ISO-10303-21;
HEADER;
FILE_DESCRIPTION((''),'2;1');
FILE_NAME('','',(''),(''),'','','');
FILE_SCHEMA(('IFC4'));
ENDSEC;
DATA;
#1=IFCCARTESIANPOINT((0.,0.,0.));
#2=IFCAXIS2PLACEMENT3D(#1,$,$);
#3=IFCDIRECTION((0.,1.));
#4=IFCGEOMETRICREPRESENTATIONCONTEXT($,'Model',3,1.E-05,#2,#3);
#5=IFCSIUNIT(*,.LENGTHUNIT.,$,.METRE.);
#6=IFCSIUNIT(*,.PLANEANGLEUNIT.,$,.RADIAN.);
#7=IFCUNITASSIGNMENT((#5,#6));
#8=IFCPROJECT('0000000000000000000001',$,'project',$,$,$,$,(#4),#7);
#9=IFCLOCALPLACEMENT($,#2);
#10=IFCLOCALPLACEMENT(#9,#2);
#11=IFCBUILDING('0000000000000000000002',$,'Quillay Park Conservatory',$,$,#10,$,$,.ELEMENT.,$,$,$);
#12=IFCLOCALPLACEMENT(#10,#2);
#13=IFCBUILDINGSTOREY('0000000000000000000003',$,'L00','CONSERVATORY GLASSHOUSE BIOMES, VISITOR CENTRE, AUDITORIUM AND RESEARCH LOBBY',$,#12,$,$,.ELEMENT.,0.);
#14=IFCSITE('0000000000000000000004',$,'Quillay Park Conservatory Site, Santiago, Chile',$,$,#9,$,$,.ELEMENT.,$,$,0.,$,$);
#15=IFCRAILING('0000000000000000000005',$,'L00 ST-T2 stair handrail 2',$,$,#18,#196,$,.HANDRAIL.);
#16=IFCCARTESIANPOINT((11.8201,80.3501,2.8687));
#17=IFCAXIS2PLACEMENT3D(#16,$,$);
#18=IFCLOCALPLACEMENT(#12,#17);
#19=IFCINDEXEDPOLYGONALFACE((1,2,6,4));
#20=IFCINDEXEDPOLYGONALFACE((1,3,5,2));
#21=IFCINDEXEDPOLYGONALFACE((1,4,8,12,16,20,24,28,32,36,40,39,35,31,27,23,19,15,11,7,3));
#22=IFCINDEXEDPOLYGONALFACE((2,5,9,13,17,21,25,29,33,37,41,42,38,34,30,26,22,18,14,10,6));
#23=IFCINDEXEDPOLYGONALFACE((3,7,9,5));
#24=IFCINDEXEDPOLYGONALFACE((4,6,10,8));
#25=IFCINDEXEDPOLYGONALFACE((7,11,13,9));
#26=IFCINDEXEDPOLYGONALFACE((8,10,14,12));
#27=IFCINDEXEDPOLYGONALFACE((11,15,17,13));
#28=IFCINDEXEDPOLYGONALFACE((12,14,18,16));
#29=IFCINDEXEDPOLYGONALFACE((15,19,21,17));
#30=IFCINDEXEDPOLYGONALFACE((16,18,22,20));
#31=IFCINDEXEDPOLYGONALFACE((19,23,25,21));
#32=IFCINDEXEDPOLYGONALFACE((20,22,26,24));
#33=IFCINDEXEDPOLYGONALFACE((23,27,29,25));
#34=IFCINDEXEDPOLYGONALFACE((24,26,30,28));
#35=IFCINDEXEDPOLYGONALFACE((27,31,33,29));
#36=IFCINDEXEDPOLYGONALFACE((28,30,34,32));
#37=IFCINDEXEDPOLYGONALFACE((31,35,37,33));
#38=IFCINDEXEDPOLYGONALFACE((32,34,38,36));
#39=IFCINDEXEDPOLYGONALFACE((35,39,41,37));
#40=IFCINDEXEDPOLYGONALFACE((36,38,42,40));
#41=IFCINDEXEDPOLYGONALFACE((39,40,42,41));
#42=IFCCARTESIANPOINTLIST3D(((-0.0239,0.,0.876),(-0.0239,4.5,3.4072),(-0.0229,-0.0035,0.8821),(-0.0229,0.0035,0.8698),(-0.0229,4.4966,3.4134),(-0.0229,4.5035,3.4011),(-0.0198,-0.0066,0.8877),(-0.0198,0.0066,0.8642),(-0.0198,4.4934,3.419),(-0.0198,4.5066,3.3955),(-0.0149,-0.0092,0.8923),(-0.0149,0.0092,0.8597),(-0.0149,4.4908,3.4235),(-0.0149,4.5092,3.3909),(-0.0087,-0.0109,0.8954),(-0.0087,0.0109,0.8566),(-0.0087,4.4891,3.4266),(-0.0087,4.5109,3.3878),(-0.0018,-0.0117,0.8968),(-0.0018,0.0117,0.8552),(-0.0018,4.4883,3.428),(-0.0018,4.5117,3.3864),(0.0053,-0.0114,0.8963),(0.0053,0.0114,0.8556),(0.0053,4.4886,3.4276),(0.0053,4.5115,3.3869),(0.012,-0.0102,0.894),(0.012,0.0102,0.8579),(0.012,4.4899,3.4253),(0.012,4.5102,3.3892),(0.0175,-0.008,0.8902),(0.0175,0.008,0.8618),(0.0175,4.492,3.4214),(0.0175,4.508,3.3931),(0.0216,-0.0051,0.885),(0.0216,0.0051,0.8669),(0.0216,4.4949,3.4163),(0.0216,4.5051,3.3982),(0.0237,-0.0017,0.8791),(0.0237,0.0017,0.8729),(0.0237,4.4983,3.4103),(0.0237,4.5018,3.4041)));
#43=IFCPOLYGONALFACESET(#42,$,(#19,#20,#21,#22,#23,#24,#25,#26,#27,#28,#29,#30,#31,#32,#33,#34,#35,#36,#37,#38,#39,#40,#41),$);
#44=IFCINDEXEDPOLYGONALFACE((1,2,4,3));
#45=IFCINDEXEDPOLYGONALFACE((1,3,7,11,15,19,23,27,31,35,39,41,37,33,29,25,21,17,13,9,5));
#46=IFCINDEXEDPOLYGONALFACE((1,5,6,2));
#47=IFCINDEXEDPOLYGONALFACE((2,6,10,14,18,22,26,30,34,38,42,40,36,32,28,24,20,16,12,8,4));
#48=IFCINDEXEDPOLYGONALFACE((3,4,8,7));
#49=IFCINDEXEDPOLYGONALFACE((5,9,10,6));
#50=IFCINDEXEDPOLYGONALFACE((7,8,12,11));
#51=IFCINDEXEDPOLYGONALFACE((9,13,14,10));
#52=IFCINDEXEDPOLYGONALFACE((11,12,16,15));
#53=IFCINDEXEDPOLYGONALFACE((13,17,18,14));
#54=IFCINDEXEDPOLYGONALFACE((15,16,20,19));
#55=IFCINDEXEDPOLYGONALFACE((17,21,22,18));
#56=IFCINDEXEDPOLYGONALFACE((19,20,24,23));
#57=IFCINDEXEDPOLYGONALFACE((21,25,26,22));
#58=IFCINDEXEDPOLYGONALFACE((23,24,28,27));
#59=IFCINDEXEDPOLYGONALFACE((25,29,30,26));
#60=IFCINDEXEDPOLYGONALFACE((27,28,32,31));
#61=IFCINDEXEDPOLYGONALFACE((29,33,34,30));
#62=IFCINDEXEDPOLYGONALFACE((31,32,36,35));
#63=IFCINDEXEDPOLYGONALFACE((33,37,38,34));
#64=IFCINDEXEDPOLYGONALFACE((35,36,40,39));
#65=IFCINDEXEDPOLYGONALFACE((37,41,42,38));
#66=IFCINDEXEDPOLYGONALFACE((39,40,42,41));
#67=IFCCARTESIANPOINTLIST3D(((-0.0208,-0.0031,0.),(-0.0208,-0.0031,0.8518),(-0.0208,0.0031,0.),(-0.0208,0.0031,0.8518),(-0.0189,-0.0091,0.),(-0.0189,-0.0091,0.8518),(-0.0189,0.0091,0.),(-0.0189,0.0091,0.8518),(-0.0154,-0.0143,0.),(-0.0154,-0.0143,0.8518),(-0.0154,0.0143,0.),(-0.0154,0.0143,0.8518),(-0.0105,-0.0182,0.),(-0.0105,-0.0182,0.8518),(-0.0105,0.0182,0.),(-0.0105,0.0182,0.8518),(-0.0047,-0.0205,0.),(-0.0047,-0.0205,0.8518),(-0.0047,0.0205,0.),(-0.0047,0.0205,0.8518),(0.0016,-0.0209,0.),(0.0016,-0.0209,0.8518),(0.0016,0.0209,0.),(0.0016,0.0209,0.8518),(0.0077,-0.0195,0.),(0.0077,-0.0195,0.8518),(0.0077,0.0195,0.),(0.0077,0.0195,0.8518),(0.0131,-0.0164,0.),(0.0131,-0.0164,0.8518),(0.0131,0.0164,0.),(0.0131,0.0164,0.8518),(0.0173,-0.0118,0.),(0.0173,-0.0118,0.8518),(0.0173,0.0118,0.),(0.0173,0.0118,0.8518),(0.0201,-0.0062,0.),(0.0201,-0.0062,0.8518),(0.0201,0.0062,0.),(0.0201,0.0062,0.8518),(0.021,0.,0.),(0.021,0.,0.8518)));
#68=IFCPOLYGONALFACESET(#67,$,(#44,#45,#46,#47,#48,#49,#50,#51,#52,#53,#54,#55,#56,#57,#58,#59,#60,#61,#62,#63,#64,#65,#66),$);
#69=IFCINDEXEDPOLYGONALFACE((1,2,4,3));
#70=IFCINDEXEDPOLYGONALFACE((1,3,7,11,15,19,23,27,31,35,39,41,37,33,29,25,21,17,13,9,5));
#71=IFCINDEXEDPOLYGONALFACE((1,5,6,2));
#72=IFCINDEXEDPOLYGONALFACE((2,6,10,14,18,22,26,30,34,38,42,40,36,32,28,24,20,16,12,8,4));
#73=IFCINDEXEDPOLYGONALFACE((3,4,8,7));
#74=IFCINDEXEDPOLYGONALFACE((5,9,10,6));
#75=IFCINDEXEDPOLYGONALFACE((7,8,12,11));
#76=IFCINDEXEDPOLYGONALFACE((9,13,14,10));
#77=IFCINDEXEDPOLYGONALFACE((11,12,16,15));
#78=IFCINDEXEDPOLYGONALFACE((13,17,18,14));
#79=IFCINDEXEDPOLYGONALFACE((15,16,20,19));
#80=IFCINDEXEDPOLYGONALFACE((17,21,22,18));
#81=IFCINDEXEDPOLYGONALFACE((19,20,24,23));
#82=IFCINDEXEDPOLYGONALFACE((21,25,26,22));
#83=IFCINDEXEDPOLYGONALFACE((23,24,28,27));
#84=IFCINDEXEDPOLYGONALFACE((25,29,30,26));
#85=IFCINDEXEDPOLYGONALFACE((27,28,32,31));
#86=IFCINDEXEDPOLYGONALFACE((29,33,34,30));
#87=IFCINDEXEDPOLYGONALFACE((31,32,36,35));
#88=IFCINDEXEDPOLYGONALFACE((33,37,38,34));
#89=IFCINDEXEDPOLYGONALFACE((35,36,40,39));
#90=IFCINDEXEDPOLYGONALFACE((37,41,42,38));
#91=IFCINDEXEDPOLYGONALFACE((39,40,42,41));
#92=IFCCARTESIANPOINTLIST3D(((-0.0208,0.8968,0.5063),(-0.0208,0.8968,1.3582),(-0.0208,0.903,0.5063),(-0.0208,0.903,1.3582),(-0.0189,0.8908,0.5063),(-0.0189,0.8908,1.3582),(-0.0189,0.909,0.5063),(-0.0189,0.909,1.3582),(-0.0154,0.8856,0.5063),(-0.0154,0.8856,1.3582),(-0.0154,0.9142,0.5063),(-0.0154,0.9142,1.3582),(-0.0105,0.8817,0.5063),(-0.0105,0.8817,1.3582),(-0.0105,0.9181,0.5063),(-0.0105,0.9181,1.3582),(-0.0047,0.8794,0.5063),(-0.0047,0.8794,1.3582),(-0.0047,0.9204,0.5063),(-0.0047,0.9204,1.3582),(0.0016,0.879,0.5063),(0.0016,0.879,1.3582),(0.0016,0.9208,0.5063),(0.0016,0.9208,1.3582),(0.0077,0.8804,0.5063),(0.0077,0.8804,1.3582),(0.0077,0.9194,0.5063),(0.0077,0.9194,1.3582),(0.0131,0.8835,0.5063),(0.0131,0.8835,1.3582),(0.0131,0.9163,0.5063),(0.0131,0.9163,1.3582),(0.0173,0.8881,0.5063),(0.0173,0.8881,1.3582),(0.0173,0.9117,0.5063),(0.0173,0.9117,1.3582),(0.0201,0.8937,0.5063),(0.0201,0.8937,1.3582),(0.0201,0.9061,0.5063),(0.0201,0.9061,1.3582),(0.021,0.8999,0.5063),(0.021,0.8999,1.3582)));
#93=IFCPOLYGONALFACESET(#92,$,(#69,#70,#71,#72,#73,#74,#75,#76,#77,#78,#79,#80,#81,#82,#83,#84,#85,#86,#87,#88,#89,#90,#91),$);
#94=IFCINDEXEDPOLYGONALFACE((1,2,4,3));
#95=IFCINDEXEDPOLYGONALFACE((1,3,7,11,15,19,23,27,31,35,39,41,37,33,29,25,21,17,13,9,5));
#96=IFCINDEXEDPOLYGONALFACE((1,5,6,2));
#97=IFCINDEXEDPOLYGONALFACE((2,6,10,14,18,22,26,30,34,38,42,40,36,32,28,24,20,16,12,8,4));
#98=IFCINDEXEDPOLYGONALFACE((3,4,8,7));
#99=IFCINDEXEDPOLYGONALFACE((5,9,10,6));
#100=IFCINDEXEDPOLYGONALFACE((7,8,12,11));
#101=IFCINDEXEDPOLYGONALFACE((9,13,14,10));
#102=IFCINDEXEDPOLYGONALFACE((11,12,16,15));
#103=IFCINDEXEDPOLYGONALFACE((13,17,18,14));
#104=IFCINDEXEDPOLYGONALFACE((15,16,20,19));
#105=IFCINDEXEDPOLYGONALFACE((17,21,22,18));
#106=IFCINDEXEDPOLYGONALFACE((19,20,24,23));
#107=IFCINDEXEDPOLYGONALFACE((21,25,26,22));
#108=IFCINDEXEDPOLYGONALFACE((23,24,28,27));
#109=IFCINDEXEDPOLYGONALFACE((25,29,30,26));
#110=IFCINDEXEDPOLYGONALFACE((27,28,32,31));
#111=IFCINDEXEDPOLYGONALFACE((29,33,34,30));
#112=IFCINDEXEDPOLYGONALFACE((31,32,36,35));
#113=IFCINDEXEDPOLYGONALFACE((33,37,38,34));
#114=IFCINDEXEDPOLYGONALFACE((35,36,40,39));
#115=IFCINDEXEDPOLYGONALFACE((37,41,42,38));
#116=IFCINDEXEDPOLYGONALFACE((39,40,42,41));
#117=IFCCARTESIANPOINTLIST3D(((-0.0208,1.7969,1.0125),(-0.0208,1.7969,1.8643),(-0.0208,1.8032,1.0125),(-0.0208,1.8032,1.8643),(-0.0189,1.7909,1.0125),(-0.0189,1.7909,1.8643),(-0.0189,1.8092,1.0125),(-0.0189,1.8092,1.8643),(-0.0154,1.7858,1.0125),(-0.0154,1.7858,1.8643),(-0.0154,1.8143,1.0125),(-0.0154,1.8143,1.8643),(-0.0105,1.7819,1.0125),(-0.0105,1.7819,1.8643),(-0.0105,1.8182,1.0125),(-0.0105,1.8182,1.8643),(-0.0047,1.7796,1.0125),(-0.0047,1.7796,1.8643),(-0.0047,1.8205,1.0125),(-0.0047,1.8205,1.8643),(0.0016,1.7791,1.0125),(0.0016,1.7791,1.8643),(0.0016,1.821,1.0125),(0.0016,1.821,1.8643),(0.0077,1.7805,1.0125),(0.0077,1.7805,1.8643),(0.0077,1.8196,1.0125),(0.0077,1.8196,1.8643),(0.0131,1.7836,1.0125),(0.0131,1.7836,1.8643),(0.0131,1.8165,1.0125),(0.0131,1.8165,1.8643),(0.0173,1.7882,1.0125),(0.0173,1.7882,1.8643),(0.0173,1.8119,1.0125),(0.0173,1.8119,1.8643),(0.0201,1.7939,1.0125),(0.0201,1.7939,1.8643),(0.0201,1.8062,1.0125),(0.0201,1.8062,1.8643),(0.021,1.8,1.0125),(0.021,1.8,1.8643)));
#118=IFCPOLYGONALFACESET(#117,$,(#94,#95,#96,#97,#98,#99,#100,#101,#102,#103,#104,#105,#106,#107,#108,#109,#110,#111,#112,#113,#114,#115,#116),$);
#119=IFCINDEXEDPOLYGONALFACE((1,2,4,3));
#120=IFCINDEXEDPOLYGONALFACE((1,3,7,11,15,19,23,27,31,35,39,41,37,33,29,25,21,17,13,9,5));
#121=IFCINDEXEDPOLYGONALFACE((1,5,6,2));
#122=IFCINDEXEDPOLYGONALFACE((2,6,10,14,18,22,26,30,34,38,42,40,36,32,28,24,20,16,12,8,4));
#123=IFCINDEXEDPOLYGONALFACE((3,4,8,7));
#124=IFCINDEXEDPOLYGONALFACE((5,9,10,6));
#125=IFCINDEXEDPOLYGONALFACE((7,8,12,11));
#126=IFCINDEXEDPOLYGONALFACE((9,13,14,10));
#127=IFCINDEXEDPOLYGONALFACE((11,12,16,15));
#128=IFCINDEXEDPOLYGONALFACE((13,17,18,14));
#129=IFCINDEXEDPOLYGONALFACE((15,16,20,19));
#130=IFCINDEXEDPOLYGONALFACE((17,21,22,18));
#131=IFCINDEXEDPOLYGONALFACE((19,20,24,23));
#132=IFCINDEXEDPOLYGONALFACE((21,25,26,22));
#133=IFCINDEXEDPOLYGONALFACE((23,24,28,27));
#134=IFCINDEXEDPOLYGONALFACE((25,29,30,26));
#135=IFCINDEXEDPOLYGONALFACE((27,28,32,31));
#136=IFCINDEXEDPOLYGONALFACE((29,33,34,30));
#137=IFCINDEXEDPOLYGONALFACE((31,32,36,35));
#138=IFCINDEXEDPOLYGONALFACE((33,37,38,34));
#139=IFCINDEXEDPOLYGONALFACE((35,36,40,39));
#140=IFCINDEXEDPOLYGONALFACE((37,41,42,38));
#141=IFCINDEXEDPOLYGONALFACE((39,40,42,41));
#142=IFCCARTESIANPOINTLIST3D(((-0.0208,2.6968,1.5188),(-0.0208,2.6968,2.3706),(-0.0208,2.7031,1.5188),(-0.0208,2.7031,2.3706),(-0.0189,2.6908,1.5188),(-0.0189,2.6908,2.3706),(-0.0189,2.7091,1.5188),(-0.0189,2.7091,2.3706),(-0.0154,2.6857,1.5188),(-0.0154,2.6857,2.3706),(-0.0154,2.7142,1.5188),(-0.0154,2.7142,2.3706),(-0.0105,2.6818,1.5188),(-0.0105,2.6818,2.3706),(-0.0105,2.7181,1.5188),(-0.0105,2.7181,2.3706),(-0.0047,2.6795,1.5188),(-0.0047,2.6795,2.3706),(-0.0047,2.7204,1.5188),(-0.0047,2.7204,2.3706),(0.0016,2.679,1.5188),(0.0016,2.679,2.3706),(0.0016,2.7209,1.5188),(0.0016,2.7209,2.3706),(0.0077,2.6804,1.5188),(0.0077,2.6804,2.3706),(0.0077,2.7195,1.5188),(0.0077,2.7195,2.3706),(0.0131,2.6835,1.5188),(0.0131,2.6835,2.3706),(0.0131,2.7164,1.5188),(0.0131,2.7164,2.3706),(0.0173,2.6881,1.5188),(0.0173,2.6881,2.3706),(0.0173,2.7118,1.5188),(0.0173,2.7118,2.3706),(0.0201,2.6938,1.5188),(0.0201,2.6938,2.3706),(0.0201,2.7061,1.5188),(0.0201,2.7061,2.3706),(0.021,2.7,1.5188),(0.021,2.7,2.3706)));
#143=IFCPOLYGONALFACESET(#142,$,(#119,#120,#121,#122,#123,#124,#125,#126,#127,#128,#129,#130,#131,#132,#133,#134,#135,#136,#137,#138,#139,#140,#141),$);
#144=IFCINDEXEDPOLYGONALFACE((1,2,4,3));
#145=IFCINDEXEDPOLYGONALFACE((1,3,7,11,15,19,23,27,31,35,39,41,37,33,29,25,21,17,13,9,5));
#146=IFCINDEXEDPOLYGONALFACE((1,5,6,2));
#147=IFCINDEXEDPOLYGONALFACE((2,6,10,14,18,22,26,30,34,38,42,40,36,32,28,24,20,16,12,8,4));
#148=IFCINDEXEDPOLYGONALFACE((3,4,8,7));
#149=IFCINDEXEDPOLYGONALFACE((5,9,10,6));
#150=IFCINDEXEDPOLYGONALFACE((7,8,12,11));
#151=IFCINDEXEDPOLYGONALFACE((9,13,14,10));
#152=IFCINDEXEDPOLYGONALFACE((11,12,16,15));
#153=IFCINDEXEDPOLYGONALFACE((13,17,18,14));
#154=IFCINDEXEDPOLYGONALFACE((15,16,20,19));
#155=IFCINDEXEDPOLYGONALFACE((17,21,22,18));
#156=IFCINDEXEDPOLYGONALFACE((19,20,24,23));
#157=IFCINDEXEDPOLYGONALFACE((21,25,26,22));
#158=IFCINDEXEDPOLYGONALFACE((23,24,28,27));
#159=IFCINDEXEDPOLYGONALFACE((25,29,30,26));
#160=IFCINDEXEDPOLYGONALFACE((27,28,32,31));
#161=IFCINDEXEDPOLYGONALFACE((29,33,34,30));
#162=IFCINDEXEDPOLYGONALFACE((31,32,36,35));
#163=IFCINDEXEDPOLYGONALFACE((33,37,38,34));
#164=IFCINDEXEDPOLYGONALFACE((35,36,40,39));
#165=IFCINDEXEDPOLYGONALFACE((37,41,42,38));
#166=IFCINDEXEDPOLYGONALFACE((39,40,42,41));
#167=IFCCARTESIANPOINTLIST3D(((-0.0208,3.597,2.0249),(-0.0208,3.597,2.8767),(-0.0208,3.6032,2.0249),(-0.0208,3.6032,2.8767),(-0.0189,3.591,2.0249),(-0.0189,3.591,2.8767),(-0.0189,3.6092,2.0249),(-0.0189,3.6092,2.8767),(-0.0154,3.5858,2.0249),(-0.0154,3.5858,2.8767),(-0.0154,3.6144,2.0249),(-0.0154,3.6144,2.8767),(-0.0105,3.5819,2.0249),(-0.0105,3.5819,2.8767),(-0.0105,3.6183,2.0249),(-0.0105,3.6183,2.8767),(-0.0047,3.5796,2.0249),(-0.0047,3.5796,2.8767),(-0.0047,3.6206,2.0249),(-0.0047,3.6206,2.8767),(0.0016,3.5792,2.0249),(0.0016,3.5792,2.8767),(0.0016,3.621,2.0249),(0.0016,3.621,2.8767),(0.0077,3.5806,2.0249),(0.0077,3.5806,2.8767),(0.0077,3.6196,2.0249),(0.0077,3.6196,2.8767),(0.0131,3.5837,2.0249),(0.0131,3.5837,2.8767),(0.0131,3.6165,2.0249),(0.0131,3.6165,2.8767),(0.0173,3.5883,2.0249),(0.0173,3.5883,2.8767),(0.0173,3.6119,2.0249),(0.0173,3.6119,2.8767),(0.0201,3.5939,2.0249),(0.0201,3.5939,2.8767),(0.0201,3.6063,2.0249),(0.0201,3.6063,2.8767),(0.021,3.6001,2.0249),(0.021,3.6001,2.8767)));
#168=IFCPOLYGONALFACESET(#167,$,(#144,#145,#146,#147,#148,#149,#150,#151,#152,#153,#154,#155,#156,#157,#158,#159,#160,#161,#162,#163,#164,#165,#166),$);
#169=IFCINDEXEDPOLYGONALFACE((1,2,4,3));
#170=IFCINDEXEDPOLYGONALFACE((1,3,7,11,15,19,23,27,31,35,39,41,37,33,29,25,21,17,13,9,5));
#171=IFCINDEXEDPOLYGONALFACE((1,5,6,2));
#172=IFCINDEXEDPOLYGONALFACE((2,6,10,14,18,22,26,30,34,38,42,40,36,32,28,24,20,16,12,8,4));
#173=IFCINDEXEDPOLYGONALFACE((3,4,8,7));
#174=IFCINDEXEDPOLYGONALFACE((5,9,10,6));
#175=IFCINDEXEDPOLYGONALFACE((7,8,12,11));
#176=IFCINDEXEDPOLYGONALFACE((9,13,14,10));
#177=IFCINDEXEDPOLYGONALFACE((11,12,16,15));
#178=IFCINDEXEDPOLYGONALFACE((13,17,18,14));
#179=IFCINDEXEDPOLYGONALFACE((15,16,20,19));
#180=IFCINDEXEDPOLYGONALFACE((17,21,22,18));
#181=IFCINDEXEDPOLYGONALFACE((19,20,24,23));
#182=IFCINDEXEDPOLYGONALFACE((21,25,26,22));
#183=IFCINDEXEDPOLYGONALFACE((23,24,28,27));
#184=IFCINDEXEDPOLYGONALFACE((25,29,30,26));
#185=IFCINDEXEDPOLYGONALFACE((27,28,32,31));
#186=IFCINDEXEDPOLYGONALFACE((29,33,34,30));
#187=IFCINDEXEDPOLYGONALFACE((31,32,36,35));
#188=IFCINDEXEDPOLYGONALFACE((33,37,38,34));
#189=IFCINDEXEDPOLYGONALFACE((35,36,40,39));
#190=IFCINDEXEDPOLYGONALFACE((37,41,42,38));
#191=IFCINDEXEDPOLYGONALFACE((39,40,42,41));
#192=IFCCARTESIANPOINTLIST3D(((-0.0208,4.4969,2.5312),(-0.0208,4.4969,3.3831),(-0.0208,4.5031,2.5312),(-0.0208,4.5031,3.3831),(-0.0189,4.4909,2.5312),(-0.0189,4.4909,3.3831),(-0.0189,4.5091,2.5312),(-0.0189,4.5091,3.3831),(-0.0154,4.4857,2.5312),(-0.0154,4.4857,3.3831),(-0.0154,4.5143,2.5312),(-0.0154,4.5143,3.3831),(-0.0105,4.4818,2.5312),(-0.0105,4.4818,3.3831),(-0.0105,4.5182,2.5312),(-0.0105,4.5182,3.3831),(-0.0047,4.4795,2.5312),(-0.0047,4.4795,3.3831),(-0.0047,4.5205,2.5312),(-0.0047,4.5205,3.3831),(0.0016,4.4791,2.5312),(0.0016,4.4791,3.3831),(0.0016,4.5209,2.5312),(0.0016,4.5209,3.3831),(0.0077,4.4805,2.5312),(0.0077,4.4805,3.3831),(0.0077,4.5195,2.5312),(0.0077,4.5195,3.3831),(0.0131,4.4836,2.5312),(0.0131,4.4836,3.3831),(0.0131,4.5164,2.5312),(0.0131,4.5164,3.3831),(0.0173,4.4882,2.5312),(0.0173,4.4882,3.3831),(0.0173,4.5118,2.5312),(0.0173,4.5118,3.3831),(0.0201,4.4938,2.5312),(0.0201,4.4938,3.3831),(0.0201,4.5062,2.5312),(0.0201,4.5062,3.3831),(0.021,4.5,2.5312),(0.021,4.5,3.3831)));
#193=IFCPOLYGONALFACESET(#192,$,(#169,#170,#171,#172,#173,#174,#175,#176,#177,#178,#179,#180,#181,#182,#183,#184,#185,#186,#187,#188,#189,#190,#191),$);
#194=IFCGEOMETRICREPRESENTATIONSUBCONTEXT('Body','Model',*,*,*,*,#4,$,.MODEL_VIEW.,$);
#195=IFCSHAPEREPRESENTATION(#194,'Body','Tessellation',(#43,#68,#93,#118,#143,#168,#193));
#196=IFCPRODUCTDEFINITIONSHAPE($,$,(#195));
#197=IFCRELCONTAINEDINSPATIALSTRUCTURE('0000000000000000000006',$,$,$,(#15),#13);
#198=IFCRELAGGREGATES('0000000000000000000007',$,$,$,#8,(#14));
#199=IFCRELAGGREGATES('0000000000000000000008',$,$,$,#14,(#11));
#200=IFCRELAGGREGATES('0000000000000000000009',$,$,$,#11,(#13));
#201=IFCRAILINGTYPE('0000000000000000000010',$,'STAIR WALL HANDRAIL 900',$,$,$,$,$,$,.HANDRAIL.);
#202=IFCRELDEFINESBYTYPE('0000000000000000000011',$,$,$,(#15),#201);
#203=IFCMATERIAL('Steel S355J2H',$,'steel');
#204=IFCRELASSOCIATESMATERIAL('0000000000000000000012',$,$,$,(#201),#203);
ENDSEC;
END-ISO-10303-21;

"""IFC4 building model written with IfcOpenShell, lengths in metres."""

from ifc_helpers import new_model, si_unit, direction, frame, origin, origin_2d, place, context, subcontext, project, spatial, circle, extrude, material, type_object, element, save


model = new_model("IFC4")

# Units and contexts
model_context = context("Model", 3, precision=1e-05, world=origin(), true_north=direction((0.0, 1.0)))
body_context = subcontext(model_context, "Body", "Model", "MODEL_VIEW")
ifc_project = project(units=[si_unit("LENGTHUNIT", "METRE"), si_unit("PLANEANGLEUNIT", "RADIAN")], contexts=[model_context])

# Site, building, storey
site_placement = place(None, origin())
site = spatial("IfcSite", under=ifc_project, at=site_placement, Name="Quillay Park Conservatory Site, Santiago, Chile", CompositionType="ELEMENT", RefElevation=0.0)
building_placement = place(site_placement, origin())
building = spatial("IfcBuilding", under=site, at=building_placement, Name="Quillay Park Conservatory", CompositionType="ELEMENT")
storey_placement = place(building_placement, origin())
storey = spatial("IfcBuildingStorey", under=building, at=storey_placement, Name="L00", Description="CONSERVATORY GLASSHOUSE BIOMES, VISITOR CENTRE, AUDITORIUM AND RESEARCH LOBBY", CompositionType="ELEMENT", Elevation=0.0)

# Railing
ifc_material_1 = material(Name="Steel S355J2H", Category="steel")
railing_type_1 = type_object("IfcRailingType", Name="STAIR WALL HANDRAIL 900", PredefinedType="HANDRAIL", material=ifc_material_1)
railing_1_placement = place(storey_placement, frame((11.8201, 80.3501, 2.8687)))
element("IfcRailing", 1, at=railing_1_placement, inside=storey, type_object=railing_type_1, Name="L00 ST-T2 stair handrail 2", PredefinedType="HANDRAIL", context=body_context, shape_type="SweptSolid", body=[
    extrude(circle(Radius=0.0239, at=origin_2d()), frame((0.0, 0.0, 0.876), z_axis=(0.0, 0.871576, 0.490261), x_axis=(-1.0, 0.0, 0.0)), (0.0, 0.0, 1.0), 5.1631),
    extrude(circle(Radius=0.021, at=origin_2d()), origin(), (0.0, 0.0, 1.0), 0.8518),
    extrude(circle(Radius=0.021, at=origin_2d()), frame((0.0, 0.8999, 0.5063)), (0.0, 0.0, 1.0), 0.8518),
    extrude(circle(Radius=0.021, at=origin_2d()), frame((0.0, 1.8, 1.0125)), (0.0, 0.0, 1.0), 0.8518),
    extrude(circle(Radius=0.021, at=origin_2d()), frame((0.0, 2.7, 1.5188)), (0.0, 0.0, 1.0), 0.8518),
    extrude(circle(Radius=0.021, at=origin_2d()), frame((0.0, 3.6001, 2.0249)), (0.0, 0.0, 1.0), 0.8518),
    extrude(circle(Radius=0.021, at=origin_2d()), frame((0.0, 4.5, 2.5312)), (0.0, 0.0, 1.0), 0.8518),
])

save(model, "model.ifc")
